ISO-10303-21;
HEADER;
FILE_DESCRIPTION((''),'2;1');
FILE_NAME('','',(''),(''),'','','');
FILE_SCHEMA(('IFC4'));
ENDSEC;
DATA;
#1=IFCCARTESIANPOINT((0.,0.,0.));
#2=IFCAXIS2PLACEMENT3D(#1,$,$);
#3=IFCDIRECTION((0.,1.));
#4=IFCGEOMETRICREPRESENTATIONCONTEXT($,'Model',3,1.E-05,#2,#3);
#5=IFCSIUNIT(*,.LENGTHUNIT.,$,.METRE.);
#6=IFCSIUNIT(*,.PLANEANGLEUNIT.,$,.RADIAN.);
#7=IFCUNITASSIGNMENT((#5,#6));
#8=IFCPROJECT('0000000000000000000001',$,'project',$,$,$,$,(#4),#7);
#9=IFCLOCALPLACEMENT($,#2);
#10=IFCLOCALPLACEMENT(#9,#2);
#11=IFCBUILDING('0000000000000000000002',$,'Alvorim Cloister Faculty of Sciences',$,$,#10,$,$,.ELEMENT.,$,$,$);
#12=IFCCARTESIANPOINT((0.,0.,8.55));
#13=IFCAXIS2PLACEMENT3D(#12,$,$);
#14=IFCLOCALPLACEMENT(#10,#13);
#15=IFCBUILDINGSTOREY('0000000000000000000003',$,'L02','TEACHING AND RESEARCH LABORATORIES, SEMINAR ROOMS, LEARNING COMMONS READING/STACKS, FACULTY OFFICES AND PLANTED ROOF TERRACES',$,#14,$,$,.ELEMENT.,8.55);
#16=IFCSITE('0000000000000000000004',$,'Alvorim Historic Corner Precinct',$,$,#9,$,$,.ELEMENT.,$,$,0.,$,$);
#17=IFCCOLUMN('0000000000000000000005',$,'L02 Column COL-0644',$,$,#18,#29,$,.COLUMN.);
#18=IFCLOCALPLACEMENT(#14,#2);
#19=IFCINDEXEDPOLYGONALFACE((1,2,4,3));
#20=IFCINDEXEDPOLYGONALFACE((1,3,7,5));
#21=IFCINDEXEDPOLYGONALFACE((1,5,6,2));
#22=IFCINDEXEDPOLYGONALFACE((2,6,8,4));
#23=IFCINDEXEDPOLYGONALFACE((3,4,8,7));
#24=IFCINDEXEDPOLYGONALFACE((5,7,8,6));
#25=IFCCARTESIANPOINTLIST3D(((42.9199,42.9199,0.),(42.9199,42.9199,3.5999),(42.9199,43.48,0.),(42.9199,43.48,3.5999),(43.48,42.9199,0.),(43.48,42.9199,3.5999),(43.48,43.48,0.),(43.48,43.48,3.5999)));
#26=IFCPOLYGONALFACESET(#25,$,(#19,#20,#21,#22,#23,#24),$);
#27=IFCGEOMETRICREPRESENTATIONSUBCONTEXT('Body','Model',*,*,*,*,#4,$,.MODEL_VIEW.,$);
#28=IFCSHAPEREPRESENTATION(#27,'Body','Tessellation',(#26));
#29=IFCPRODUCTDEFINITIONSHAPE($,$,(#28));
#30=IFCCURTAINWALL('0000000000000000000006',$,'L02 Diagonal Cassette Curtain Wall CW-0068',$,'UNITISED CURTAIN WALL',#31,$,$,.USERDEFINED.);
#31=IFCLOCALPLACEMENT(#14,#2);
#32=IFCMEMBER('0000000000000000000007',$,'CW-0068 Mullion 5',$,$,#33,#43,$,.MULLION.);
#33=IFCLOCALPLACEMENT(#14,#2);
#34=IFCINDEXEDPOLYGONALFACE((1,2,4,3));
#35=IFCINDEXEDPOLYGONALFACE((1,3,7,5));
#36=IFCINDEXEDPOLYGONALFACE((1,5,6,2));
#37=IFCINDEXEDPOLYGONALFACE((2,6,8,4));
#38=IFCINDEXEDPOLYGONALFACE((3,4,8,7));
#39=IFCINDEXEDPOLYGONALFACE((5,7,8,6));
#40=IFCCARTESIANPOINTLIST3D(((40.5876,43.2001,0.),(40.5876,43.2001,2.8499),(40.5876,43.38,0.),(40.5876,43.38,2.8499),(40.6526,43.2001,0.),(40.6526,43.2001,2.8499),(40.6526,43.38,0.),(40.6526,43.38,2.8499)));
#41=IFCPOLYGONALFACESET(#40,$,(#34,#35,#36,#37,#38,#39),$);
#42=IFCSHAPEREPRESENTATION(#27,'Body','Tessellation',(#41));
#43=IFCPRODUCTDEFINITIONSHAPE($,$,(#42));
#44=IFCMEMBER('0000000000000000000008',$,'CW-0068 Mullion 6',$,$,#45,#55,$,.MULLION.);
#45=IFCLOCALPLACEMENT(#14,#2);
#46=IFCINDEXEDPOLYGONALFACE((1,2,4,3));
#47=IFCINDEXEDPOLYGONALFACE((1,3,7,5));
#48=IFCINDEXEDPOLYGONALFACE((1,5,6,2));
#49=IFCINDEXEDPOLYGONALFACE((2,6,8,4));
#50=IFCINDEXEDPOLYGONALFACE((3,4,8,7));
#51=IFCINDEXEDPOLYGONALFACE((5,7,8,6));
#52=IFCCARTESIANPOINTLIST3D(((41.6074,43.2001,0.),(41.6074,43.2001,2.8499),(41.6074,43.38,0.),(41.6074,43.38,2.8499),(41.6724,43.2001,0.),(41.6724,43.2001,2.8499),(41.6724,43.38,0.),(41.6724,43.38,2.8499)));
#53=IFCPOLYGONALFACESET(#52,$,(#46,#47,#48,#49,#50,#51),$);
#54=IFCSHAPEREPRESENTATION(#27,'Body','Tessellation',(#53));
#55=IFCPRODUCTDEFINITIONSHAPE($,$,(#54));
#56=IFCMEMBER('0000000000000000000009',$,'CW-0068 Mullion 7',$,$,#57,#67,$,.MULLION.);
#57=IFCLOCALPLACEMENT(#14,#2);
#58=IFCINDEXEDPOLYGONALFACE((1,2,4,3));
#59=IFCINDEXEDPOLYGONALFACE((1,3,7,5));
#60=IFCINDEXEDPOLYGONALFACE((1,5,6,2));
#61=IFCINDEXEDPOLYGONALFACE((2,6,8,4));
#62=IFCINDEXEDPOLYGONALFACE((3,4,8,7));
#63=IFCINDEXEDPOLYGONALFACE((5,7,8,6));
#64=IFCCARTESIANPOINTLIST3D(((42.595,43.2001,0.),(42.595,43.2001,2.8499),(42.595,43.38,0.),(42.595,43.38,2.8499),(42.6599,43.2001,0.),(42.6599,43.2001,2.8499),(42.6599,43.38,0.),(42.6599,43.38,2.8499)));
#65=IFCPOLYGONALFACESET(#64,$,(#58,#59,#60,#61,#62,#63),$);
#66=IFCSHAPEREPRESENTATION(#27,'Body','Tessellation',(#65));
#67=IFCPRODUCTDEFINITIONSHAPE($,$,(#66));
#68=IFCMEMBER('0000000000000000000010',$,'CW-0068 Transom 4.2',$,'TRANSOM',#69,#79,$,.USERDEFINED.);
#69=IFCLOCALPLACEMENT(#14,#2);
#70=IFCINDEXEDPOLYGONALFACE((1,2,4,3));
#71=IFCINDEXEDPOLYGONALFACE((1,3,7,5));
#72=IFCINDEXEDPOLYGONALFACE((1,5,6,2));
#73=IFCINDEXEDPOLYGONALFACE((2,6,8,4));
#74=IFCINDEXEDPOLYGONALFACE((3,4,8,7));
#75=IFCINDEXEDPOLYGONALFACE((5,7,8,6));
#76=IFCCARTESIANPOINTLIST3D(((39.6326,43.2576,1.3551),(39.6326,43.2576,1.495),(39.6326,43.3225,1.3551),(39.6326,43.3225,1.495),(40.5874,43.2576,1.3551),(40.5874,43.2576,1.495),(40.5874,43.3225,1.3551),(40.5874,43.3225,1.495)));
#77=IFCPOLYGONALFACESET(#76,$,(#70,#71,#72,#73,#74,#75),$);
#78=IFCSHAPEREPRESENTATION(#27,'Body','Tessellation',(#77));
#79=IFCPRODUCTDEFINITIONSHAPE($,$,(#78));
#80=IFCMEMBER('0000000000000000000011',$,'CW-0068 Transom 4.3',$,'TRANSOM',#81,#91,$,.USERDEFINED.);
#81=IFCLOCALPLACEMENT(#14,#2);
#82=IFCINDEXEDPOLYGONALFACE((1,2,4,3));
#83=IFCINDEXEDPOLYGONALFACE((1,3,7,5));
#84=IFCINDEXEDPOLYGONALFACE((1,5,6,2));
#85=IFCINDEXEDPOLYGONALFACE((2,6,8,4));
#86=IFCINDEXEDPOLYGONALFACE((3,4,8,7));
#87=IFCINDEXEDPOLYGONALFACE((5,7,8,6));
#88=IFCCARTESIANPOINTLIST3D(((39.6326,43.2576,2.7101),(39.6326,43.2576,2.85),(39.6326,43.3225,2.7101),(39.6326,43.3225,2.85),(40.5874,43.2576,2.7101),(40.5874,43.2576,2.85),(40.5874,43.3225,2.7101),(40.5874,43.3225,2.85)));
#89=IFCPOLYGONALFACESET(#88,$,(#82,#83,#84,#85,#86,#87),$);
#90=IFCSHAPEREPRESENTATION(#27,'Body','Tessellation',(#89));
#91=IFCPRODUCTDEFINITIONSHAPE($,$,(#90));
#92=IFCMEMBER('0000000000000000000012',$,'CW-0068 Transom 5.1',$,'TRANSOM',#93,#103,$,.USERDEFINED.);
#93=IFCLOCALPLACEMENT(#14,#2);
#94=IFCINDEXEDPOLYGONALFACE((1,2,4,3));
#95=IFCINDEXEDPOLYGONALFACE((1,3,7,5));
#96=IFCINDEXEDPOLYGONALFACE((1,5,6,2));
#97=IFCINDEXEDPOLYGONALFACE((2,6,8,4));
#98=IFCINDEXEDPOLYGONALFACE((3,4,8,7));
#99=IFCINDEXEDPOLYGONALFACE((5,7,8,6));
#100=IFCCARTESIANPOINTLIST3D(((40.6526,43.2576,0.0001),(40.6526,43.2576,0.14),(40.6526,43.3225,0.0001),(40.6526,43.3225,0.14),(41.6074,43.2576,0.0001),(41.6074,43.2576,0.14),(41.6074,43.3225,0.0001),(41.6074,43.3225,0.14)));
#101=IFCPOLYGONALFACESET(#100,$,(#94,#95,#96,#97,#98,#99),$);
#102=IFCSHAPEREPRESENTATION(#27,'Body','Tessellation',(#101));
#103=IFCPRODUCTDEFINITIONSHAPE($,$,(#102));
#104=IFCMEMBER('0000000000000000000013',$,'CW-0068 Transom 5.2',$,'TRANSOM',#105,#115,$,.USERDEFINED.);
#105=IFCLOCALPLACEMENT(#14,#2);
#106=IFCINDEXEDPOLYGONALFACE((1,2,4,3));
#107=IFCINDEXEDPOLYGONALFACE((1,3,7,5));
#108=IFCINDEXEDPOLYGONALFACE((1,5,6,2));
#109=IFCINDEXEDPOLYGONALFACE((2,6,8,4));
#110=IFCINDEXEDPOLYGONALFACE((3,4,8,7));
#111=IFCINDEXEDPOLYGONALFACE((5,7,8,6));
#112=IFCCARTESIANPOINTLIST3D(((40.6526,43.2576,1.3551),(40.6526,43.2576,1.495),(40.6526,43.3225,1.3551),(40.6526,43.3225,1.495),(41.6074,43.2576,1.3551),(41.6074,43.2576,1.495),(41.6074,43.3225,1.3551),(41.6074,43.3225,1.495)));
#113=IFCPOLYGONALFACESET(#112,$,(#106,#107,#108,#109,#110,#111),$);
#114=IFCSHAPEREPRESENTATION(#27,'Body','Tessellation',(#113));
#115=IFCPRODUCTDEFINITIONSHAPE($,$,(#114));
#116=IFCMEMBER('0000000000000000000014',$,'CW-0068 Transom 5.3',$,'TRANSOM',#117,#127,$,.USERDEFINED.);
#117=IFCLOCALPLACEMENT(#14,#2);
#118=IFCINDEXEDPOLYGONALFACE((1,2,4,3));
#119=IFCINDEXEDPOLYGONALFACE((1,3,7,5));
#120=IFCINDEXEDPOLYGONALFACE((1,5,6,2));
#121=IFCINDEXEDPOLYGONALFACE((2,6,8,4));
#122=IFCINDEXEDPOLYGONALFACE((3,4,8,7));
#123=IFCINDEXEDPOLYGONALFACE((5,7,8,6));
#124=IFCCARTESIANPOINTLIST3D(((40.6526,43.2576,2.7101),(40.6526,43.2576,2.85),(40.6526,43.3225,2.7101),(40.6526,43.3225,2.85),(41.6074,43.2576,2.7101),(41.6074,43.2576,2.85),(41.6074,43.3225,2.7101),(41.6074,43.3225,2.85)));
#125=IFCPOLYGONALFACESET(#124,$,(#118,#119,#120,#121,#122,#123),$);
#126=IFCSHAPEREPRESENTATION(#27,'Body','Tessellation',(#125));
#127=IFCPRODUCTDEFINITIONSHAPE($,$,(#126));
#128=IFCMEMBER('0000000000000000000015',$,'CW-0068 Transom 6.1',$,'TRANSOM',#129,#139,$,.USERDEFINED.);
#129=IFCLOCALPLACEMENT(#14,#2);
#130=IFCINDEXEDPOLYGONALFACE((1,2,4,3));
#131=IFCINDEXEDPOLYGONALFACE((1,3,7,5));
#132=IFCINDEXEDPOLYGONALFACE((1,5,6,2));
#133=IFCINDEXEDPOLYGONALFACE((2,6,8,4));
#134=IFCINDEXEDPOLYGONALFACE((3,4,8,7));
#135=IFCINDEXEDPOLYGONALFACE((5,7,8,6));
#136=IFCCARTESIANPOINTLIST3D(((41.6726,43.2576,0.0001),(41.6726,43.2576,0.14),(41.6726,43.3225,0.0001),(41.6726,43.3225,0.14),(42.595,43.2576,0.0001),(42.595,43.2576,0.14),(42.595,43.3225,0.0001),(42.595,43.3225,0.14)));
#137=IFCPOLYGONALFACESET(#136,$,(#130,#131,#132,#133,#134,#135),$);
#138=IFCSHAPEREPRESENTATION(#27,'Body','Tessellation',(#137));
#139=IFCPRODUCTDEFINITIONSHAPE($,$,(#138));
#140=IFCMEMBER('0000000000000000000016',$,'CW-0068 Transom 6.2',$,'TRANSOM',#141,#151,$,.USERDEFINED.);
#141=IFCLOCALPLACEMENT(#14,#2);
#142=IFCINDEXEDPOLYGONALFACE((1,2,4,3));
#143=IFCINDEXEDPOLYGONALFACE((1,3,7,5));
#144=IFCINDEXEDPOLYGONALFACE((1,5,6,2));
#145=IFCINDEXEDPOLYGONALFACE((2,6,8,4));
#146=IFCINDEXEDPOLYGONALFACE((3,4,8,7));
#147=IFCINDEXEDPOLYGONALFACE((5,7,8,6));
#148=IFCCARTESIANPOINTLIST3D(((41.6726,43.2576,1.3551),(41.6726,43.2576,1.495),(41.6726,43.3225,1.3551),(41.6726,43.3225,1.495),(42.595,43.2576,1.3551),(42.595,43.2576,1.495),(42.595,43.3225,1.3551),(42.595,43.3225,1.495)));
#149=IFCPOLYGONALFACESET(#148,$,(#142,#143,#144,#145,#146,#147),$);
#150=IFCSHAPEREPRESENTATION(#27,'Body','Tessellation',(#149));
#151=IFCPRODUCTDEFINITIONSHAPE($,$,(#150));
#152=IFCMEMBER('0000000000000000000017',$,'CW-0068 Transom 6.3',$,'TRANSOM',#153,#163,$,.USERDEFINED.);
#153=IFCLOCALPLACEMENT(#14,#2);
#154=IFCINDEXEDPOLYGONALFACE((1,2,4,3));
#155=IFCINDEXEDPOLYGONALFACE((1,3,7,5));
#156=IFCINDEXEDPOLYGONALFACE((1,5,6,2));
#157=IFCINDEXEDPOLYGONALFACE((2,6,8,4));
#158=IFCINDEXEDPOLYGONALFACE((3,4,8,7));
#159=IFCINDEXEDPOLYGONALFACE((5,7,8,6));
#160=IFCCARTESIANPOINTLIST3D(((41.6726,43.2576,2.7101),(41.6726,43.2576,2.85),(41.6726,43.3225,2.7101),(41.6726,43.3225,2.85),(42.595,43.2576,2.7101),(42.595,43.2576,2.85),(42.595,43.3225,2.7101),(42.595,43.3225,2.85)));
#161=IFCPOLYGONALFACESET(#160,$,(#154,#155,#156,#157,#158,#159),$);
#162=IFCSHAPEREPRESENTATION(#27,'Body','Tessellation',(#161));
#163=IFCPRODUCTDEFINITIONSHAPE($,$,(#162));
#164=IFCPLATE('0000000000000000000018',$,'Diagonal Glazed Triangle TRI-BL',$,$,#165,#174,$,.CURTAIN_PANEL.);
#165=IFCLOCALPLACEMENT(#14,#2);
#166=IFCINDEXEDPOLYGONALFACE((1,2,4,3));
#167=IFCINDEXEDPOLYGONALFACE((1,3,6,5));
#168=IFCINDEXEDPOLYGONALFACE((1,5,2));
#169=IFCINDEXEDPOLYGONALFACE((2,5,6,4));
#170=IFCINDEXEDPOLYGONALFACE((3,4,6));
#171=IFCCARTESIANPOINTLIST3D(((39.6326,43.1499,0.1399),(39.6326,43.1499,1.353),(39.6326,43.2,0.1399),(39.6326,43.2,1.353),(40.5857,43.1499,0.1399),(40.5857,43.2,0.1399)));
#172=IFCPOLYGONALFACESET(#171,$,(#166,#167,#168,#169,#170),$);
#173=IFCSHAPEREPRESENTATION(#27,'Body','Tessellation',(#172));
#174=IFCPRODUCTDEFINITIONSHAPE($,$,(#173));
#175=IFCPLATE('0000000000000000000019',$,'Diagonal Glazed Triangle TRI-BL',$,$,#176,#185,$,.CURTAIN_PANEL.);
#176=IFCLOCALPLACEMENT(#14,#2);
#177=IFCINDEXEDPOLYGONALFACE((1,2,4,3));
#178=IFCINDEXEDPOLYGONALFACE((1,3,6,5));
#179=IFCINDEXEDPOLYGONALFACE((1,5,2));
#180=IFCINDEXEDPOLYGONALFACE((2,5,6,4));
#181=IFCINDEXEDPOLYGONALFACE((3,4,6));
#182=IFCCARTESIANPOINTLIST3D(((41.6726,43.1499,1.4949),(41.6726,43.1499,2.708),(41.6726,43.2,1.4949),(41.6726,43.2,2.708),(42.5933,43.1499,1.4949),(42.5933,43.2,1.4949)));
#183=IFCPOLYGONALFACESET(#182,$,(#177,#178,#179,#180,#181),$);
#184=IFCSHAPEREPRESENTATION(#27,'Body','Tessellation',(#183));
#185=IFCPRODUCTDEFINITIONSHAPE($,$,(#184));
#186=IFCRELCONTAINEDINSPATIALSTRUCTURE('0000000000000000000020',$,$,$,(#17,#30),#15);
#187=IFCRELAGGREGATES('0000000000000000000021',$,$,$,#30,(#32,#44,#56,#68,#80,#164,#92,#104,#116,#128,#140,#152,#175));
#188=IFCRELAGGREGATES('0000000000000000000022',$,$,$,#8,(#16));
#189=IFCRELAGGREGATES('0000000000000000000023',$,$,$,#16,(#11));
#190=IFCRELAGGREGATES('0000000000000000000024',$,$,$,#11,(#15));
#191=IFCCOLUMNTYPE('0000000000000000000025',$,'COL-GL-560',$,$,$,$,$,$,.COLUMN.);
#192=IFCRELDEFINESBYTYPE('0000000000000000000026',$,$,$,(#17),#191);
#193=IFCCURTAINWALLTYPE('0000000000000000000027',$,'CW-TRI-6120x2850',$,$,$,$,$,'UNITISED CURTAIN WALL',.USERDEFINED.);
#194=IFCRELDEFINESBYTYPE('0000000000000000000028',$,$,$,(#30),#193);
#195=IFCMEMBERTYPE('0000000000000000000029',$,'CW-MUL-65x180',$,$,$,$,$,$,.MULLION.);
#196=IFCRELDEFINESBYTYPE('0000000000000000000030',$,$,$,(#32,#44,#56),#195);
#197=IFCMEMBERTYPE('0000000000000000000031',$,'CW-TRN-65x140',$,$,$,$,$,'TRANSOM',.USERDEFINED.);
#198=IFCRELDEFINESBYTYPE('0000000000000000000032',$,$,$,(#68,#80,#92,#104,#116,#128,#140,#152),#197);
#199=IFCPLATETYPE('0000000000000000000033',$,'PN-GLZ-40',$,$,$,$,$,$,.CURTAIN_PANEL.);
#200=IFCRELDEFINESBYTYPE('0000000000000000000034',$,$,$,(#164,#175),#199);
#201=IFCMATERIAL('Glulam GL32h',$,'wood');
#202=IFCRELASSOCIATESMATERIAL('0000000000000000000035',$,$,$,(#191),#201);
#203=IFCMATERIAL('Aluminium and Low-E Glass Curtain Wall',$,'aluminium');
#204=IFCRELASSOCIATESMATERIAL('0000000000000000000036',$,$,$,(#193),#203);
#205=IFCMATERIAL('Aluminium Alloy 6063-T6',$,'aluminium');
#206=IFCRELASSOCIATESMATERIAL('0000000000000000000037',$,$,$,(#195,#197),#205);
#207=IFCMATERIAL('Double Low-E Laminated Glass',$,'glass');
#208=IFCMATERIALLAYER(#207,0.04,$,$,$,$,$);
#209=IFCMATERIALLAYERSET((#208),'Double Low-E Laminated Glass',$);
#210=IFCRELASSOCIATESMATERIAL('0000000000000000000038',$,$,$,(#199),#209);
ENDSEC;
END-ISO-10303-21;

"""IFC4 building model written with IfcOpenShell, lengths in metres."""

from ifc_helpers import new_model, si_unit, direction, frame, origin, origin_2d, place, context, subcontext, project, spatial, polyline, rectangle, outline, extrude, material, layer, layer_set, material_profile, profile_set, type_object, element, aggregate, save


model = new_model("IFC4")

# Units and contexts
model_context = context("Model", 3, precision=1e-05, world=origin(), true_north=direction((0.0, 1.0)))
body_context = subcontext(model_context, "Body", "Model", "MODEL_VIEW")
ifc_project = project(units=[si_unit("LENGTHUNIT", "METRE"), si_unit("PLANEANGLEUNIT", "RADIAN")], contexts=[model_context])

# Site, building, storey
site_placement = place(None, origin())
site = spatial("IfcSite", under=ifc_project, at=site_placement, Name="Alvorim Historic Corner Precinct", CompositionType="ELEMENT", RefElevation=0.0)
building_placement = place(site_placement, origin())
building = spatial("IfcBuilding", under=site, at=building_placement, Name="Alvorim Cloister Faculty of Sciences", CompositionType="ELEMENT")
storey_placement = place(building_placement, frame((0.0, 0.0, 8.55)))
storey = spatial("IfcBuildingStorey", under=building, at=storey_placement, Name="L02", Description="TEACHING AND RESEARCH LABORATORIES, SEMINAR ROOMS, LEARNING COMMONS READING/STACKS, FACULTY OFFICES AND PLANTED ROOF TERRACES", CompositionType="ELEMENT", Elevation=8.55)

# Column
ifc_material_1 = material(Name="Glulam GL32h", Category="wood")
ifc_material_profile_1 = material_profile(ifc_material_1, rectangle(XDim=0.5601, YDim=0.5601, at=origin_2d()), Name="GL32-COL-560x560")
ifc_profile_set_1 = profile_set([ifc_material_profile_1], Name="Glulam GL32h")
column_type = type_object("IfcColumnType", Name="COL-GL-560", PredefinedType="COLUMN", material=ifc_profile_set_1)
column_placement = place(storey_placement, frame((43.2, 43.2, 0.0), z_axis=(0.0, 0.0, 1.0), x_axis=(1.0, 0.0, 0.0)))
element("IfcColumn", 1, at=column_placement, inside=storey, type_object=column_type, Name="L02 Column COL-0644", PredefinedType="COLUMN", context=body_context, shape_type="SweptSolid", body=[
    extrude(rectangle(XDim=0.5601, YDim=0.5601, at=origin_2d()), origin(), (0.0, 0.0, 1.0), 3.5999),
])

# Curtain wall, members, plates
ifc_material_2 = material(Name="Aluminium and Low-E Glass Curtain Wall", Category="aluminium")
curtain_wall_type = type_object("IfcCurtainWallType", Name="CW-TRI-6120x2850", ElementType="UNITISED CURTAIN WALL", PredefinedType="USERDEFINED", material=ifc_material_2)
curtain_wall_placement = place(storey_placement, origin())
curtain_wall = element("IfcCurtainWall", 2, at=curtain_wall_placement, inside=storey, type_object=curtain_wall_type, Name="L02 Diagonal Cassette Curtain Wall CW-0068", ObjectType="UNITISED CURTAIN WALL", PredefinedType="USERDEFINED")
ifc_material_3 = material(Name="Aluminium Alloy 6063-T6", Category="aluminium")
ifc_material_profile_2 = material_profile(ifc_material_3, rectangle(XDim=0.0649, YDim=0.1799, at=origin_2d()), Name="ALU-MUL-65x180")
ifc_profile_set_2 = profile_set([ifc_material_profile_2], Name="Aluminium Alloy 6063-T6")
member_type_1 = type_object("IfcMemberType", Name="CW-MUL-65x180", PredefinedType="MULLION", material=ifc_profile_set_2)
member_1_placement = place(storey_placement, frame((40.6201, 43.29, 0.0), z_axis=(0.0, 0.0, 1.0), x_axis=(1.0, 0.0, 0.0)))
member_1 = element("IfcMember", 3, at=member_1_placement, type_object=member_type_1, Name="CW-0068 Mullion 5", PredefinedType="MULLION", context=body_context, shape_type="SweptSolid", body=[
    extrude(rectangle(XDim=0.0649, YDim=0.1799, at=origin_2d()), origin(), (0.0, 0.0, 1.0), 2.8499),
])
member_2_placement = place(storey_placement, frame((41.6399, 43.29, 0.0), z_axis=(0.0, 0.0, 1.0), x_axis=(1.0, 0.0, 0.0)))
member_2 = element("IfcMember", 4, at=member_2_placement, type_object=member_type_1, Name="CW-0068 Mullion 6", PredefinedType="MULLION", context=body_context, shape_type="SweptSolid", body=[
    extrude(rectangle(XDim=0.0649, YDim=0.1799, at=origin_2d()), origin(), (0.0, 0.0, 1.0), 2.8499),
])
member_3_placement = place(storey_placement, frame((42.6274, 43.29, 0.0), z_axis=(0.0, 0.0, 1.0), x_axis=(1.0, 0.0, 0.0)))
member_3 = element("IfcMember", 5, at=member_3_placement, type_object=member_type_1, Name="CW-0068 Mullion 7", PredefinedType="MULLION", context=body_context, shape_type="SweptSolid", body=[
    extrude(rectangle(XDim=0.0649, YDim=0.1799, at=origin_2d()), origin(), (0.0, 0.0, 1.0), 2.8499),
])
ifc_material_profile_3 = material_profile(ifc_material_3, rectangle(XDim=0.0649, YDim=0.1399, at=origin_2d()), Name="ALU-TRN-65x140")
ifc_profile_set_3 = profile_set([ifc_material_profile_3], Name="Aluminium Alloy 6063-T6")
member_type_2 = type_object("IfcMemberType", Name="CW-TRN-65x140", ElementType="TRANSOM", PredefinedType="USERDEFINED", material=ifc_profile_set_3)
member_4_placement = place(storey_placement, frame((39.6326, 43.29, 1.425), z_axis=(1.0, 0.0, 0.0), x_axis=(0.0, 1.0, 0.0)))
member_4 = element("IfcMember", 6, at=member_4_placement, type_object=member_type_2, Name="CW-0068 Transom 4.2", ObjectType="TRANSOM", PredefinedType="USERDEFINED", context=body_context, shape_type="SweptSolid", body=[
    extrude(rectangle(XDim=0.0649, YDim=0.1399, at=origin_2d()), origin(), (0.0, 0.0, 1.0), 0.9548),
])
member_5_placement = place(storey_placement, frame((39.6326, 43.29, 2.78), z_axis=(1.0, 0.0, 0.0), x_axis=(0.0, 1.0, 0.0)))
member_5 = element("IfcMember", 7, at=member_5_placement, type_object=member_type_2, Name="CW-0068 Transom 4.3", ObjectType="TRANSOM", PredefinedType="USERDEFINED", context=body_context, shape_type="SweptSolid", body=[
    extrude(rectangle(XDim=0.0649, YDim=0.1399, at=origin_2d()), origin(), (0.0, 0.0, 1.0), 0.9548),
])
member_6_placement = place(storey_placement, frame((40.6526, 43.29, 0.0701), z_axis=(1.0, 0.0, 0.0), x_axis=(0.0, 1.0, 0.0)))
member_6 = element("IfcMember", 8, at=member_6_placement, type_object=member_type_2, Name="CW-0068 Transom 5.1", ObjectType="TRANSOM", PredefinedType="USERDEFINED", context=body_context, shape_type="SweptSolid", body=[
    extrude(rectangle(XDim=0.0649, YDim=0.1399, at=origin_2d()), origin(), (0.0, 0.0, 1.0), 0.9548),
])
member_7_placement = place(storey_placement, frame((40.6526, 43.29, 1.425), z_axis=(1.0, 0.0, 0.0), x_axis=(0.0, 1.0, 0.0)))
member_7 = element("IfcMember", 9, at=member_7_placement, type_object=member_type_2, Name="CW-0068 Transom 5.2", ObjectType="TRANSOM", PredefinedType="USERDEFINED", context=body_context, shape_type="SweptSolid", body=[
    extrude(rectangle(XDim=0.0649, YDim=0.1399, at=origin_2d()), origin(), (0.0, 0.0, 1.0), 0.9548),
])
member_8_placement = place(storey_placement, frame((40.6526, 43.29, 2.78), z_axis=(1.0, 0.0, 0.0), x_axis=(0.0, 1.0, 0.0)))
member_8 = element("IfcMember", 10, at=member_8_placement, type_object=member_type_2, Name="CW-0068 Transom 5.3", ObjectType="TRANSOM", PredefinedType="USERDEFINED", context=body_context, shape_type="SweptSolid", body=[
    extrude(rectangle(XDim=0.0649, YDim=0.1399, at=origin_2d()), origin(), (0.0, 0.0, 1.0), 0.9548),
])
member_9_placement = place(storey_placement, frame((41.6726, 43.29, 0.0701), z_axis=(1.0, 0.0, 0.0), x_axis=(0.0, 1.0, 0.0)))
member_9 = element("IfcMember", 11, at=member_9_placement, type_object=member_type_2, Name="CW-0068 Transom 6.1", ObjectType="TRANSOM", PredefinedType="USERDEFINED", context=body_context, shape_type="SweptSolid", body=[
    extrude(rectangle(XDim=0.0649, YDim=0.1399, at=origin_2d()), origin(), (0.0, 0.0, 1.0), 0.9224),
])
member_10_placement = place(storey_placement, frame((41.6726, 43.29, 1.425), z_axis=(1.0, 0.0, 0.0), x_axis=(0.0, 1.0, 0.0)))
member_10 = element("IfcMember", 12, at=member_10_placement, type_object=member_type_2, Name="CW-0068 Transom 6.2", ObjectType="TRANSOM", PredefinedType="USERDEFINED", context=body_context, shape_type="SweptSolid", body=[
    extrude(rectangle(XDim=0.0649, YDim=0.1399, at=origin_2d()), origin(), (0.0, 0.0, 1.0), 0.9224),
])
member_11_placement = place(storey_placement, frame((41.6726, 43.29, 2.78), z_axis=(1.0, 0.0, 0.0), x_axis=(0.0, 1.0, 0.0)))
member_11 = element("IfcMember", 13, at=member_11_placement, type_object=member_type_2, Name="CW-0068 Transom 6.3", ObjectType="TRANSOM", PredefinedType="USERDEFINED", context=body_context, shape_type="SweptSolid", body=[
    extrude(rectangle(XDim=0.0649, YDim=0.1399, at=origin_2d()), origin(), (0.0, 0.0, 1.0), 0.9224),
])
ifc_material_4 = material(Name="Double Low-E Laminated Glass", Category="glass")
ifc_layer = layer(ifc_material_4, 0.04)
ifc_layer_set = layer_set([ifc_layer], Name="Double Low-E Laminated Glass")
plate_type = type_object("IfcPlateType", Name="PN-GLZ-40", PredefinedType="CURTAIN_PANEL", material=ifc_layer_set)
plate_1_placement = place(storey_placement, frame((39.6326, 43.175, 0.1399), z_axis=(0.0, 0.0, 1.0), x_axis=(1.0, 0.0, 0.0)))
plate_1 = element("IfcPlate", 14, at=plate_1_placement, type_object=plate_type, Name="Diagonal Glazed Triangle TRI-BL", PredefinedType="CURTAIN_PANEL", context=body_context, shape_type="SweptSolid", body=[
    extrude(outline(polyline([(0.0, 0.0), (0.9531, 0.0), (0.0, 1.2131), (0.0, 0.0)])), frame((0.0, 0.0249, 0.0), z_axis=(0.0, -1.0, 0.0), x_axis=(1.0, 0.0, 0.0)), (0.0, 0.0, 1.0), 0.05),
])
plate_2_placement = place(storey_placement, frame((41.6726, 43.175, 1.4949), z_axis=(0.0, 0.0, 1.0), x_axis=(1.0, 0.0, 0.0)))
plate_2 = element("IfcPlate", 15, at=plate_2_placement, type_object=plate_type, Name="Diagonal Glazed Triangle TRI-BL", PredefinedType="CURTAIN_PANEL", context=body_context, shape_type="SweptSolid", body=[
    extrude(outline(polyline([(0.0, 0.0), (0.9207, 0.0), (0.0, 1.2131), (0.0, 0.0)])), frame((0.0, 0.0249, 0.0), z_axis=(0.0, -1.0, 0.0), x_axis=(1.0, 0.0, 0.0)), (0.0, 0.0, 1.0), 0.05),
])
aggregate(curtain_wall, [member_1, member_2, member_3, member_4, member_5, plate_1, member_6, member_7, member_8, member_9, member_10, member_11, plate_2])

save(model, "model.ifc")
